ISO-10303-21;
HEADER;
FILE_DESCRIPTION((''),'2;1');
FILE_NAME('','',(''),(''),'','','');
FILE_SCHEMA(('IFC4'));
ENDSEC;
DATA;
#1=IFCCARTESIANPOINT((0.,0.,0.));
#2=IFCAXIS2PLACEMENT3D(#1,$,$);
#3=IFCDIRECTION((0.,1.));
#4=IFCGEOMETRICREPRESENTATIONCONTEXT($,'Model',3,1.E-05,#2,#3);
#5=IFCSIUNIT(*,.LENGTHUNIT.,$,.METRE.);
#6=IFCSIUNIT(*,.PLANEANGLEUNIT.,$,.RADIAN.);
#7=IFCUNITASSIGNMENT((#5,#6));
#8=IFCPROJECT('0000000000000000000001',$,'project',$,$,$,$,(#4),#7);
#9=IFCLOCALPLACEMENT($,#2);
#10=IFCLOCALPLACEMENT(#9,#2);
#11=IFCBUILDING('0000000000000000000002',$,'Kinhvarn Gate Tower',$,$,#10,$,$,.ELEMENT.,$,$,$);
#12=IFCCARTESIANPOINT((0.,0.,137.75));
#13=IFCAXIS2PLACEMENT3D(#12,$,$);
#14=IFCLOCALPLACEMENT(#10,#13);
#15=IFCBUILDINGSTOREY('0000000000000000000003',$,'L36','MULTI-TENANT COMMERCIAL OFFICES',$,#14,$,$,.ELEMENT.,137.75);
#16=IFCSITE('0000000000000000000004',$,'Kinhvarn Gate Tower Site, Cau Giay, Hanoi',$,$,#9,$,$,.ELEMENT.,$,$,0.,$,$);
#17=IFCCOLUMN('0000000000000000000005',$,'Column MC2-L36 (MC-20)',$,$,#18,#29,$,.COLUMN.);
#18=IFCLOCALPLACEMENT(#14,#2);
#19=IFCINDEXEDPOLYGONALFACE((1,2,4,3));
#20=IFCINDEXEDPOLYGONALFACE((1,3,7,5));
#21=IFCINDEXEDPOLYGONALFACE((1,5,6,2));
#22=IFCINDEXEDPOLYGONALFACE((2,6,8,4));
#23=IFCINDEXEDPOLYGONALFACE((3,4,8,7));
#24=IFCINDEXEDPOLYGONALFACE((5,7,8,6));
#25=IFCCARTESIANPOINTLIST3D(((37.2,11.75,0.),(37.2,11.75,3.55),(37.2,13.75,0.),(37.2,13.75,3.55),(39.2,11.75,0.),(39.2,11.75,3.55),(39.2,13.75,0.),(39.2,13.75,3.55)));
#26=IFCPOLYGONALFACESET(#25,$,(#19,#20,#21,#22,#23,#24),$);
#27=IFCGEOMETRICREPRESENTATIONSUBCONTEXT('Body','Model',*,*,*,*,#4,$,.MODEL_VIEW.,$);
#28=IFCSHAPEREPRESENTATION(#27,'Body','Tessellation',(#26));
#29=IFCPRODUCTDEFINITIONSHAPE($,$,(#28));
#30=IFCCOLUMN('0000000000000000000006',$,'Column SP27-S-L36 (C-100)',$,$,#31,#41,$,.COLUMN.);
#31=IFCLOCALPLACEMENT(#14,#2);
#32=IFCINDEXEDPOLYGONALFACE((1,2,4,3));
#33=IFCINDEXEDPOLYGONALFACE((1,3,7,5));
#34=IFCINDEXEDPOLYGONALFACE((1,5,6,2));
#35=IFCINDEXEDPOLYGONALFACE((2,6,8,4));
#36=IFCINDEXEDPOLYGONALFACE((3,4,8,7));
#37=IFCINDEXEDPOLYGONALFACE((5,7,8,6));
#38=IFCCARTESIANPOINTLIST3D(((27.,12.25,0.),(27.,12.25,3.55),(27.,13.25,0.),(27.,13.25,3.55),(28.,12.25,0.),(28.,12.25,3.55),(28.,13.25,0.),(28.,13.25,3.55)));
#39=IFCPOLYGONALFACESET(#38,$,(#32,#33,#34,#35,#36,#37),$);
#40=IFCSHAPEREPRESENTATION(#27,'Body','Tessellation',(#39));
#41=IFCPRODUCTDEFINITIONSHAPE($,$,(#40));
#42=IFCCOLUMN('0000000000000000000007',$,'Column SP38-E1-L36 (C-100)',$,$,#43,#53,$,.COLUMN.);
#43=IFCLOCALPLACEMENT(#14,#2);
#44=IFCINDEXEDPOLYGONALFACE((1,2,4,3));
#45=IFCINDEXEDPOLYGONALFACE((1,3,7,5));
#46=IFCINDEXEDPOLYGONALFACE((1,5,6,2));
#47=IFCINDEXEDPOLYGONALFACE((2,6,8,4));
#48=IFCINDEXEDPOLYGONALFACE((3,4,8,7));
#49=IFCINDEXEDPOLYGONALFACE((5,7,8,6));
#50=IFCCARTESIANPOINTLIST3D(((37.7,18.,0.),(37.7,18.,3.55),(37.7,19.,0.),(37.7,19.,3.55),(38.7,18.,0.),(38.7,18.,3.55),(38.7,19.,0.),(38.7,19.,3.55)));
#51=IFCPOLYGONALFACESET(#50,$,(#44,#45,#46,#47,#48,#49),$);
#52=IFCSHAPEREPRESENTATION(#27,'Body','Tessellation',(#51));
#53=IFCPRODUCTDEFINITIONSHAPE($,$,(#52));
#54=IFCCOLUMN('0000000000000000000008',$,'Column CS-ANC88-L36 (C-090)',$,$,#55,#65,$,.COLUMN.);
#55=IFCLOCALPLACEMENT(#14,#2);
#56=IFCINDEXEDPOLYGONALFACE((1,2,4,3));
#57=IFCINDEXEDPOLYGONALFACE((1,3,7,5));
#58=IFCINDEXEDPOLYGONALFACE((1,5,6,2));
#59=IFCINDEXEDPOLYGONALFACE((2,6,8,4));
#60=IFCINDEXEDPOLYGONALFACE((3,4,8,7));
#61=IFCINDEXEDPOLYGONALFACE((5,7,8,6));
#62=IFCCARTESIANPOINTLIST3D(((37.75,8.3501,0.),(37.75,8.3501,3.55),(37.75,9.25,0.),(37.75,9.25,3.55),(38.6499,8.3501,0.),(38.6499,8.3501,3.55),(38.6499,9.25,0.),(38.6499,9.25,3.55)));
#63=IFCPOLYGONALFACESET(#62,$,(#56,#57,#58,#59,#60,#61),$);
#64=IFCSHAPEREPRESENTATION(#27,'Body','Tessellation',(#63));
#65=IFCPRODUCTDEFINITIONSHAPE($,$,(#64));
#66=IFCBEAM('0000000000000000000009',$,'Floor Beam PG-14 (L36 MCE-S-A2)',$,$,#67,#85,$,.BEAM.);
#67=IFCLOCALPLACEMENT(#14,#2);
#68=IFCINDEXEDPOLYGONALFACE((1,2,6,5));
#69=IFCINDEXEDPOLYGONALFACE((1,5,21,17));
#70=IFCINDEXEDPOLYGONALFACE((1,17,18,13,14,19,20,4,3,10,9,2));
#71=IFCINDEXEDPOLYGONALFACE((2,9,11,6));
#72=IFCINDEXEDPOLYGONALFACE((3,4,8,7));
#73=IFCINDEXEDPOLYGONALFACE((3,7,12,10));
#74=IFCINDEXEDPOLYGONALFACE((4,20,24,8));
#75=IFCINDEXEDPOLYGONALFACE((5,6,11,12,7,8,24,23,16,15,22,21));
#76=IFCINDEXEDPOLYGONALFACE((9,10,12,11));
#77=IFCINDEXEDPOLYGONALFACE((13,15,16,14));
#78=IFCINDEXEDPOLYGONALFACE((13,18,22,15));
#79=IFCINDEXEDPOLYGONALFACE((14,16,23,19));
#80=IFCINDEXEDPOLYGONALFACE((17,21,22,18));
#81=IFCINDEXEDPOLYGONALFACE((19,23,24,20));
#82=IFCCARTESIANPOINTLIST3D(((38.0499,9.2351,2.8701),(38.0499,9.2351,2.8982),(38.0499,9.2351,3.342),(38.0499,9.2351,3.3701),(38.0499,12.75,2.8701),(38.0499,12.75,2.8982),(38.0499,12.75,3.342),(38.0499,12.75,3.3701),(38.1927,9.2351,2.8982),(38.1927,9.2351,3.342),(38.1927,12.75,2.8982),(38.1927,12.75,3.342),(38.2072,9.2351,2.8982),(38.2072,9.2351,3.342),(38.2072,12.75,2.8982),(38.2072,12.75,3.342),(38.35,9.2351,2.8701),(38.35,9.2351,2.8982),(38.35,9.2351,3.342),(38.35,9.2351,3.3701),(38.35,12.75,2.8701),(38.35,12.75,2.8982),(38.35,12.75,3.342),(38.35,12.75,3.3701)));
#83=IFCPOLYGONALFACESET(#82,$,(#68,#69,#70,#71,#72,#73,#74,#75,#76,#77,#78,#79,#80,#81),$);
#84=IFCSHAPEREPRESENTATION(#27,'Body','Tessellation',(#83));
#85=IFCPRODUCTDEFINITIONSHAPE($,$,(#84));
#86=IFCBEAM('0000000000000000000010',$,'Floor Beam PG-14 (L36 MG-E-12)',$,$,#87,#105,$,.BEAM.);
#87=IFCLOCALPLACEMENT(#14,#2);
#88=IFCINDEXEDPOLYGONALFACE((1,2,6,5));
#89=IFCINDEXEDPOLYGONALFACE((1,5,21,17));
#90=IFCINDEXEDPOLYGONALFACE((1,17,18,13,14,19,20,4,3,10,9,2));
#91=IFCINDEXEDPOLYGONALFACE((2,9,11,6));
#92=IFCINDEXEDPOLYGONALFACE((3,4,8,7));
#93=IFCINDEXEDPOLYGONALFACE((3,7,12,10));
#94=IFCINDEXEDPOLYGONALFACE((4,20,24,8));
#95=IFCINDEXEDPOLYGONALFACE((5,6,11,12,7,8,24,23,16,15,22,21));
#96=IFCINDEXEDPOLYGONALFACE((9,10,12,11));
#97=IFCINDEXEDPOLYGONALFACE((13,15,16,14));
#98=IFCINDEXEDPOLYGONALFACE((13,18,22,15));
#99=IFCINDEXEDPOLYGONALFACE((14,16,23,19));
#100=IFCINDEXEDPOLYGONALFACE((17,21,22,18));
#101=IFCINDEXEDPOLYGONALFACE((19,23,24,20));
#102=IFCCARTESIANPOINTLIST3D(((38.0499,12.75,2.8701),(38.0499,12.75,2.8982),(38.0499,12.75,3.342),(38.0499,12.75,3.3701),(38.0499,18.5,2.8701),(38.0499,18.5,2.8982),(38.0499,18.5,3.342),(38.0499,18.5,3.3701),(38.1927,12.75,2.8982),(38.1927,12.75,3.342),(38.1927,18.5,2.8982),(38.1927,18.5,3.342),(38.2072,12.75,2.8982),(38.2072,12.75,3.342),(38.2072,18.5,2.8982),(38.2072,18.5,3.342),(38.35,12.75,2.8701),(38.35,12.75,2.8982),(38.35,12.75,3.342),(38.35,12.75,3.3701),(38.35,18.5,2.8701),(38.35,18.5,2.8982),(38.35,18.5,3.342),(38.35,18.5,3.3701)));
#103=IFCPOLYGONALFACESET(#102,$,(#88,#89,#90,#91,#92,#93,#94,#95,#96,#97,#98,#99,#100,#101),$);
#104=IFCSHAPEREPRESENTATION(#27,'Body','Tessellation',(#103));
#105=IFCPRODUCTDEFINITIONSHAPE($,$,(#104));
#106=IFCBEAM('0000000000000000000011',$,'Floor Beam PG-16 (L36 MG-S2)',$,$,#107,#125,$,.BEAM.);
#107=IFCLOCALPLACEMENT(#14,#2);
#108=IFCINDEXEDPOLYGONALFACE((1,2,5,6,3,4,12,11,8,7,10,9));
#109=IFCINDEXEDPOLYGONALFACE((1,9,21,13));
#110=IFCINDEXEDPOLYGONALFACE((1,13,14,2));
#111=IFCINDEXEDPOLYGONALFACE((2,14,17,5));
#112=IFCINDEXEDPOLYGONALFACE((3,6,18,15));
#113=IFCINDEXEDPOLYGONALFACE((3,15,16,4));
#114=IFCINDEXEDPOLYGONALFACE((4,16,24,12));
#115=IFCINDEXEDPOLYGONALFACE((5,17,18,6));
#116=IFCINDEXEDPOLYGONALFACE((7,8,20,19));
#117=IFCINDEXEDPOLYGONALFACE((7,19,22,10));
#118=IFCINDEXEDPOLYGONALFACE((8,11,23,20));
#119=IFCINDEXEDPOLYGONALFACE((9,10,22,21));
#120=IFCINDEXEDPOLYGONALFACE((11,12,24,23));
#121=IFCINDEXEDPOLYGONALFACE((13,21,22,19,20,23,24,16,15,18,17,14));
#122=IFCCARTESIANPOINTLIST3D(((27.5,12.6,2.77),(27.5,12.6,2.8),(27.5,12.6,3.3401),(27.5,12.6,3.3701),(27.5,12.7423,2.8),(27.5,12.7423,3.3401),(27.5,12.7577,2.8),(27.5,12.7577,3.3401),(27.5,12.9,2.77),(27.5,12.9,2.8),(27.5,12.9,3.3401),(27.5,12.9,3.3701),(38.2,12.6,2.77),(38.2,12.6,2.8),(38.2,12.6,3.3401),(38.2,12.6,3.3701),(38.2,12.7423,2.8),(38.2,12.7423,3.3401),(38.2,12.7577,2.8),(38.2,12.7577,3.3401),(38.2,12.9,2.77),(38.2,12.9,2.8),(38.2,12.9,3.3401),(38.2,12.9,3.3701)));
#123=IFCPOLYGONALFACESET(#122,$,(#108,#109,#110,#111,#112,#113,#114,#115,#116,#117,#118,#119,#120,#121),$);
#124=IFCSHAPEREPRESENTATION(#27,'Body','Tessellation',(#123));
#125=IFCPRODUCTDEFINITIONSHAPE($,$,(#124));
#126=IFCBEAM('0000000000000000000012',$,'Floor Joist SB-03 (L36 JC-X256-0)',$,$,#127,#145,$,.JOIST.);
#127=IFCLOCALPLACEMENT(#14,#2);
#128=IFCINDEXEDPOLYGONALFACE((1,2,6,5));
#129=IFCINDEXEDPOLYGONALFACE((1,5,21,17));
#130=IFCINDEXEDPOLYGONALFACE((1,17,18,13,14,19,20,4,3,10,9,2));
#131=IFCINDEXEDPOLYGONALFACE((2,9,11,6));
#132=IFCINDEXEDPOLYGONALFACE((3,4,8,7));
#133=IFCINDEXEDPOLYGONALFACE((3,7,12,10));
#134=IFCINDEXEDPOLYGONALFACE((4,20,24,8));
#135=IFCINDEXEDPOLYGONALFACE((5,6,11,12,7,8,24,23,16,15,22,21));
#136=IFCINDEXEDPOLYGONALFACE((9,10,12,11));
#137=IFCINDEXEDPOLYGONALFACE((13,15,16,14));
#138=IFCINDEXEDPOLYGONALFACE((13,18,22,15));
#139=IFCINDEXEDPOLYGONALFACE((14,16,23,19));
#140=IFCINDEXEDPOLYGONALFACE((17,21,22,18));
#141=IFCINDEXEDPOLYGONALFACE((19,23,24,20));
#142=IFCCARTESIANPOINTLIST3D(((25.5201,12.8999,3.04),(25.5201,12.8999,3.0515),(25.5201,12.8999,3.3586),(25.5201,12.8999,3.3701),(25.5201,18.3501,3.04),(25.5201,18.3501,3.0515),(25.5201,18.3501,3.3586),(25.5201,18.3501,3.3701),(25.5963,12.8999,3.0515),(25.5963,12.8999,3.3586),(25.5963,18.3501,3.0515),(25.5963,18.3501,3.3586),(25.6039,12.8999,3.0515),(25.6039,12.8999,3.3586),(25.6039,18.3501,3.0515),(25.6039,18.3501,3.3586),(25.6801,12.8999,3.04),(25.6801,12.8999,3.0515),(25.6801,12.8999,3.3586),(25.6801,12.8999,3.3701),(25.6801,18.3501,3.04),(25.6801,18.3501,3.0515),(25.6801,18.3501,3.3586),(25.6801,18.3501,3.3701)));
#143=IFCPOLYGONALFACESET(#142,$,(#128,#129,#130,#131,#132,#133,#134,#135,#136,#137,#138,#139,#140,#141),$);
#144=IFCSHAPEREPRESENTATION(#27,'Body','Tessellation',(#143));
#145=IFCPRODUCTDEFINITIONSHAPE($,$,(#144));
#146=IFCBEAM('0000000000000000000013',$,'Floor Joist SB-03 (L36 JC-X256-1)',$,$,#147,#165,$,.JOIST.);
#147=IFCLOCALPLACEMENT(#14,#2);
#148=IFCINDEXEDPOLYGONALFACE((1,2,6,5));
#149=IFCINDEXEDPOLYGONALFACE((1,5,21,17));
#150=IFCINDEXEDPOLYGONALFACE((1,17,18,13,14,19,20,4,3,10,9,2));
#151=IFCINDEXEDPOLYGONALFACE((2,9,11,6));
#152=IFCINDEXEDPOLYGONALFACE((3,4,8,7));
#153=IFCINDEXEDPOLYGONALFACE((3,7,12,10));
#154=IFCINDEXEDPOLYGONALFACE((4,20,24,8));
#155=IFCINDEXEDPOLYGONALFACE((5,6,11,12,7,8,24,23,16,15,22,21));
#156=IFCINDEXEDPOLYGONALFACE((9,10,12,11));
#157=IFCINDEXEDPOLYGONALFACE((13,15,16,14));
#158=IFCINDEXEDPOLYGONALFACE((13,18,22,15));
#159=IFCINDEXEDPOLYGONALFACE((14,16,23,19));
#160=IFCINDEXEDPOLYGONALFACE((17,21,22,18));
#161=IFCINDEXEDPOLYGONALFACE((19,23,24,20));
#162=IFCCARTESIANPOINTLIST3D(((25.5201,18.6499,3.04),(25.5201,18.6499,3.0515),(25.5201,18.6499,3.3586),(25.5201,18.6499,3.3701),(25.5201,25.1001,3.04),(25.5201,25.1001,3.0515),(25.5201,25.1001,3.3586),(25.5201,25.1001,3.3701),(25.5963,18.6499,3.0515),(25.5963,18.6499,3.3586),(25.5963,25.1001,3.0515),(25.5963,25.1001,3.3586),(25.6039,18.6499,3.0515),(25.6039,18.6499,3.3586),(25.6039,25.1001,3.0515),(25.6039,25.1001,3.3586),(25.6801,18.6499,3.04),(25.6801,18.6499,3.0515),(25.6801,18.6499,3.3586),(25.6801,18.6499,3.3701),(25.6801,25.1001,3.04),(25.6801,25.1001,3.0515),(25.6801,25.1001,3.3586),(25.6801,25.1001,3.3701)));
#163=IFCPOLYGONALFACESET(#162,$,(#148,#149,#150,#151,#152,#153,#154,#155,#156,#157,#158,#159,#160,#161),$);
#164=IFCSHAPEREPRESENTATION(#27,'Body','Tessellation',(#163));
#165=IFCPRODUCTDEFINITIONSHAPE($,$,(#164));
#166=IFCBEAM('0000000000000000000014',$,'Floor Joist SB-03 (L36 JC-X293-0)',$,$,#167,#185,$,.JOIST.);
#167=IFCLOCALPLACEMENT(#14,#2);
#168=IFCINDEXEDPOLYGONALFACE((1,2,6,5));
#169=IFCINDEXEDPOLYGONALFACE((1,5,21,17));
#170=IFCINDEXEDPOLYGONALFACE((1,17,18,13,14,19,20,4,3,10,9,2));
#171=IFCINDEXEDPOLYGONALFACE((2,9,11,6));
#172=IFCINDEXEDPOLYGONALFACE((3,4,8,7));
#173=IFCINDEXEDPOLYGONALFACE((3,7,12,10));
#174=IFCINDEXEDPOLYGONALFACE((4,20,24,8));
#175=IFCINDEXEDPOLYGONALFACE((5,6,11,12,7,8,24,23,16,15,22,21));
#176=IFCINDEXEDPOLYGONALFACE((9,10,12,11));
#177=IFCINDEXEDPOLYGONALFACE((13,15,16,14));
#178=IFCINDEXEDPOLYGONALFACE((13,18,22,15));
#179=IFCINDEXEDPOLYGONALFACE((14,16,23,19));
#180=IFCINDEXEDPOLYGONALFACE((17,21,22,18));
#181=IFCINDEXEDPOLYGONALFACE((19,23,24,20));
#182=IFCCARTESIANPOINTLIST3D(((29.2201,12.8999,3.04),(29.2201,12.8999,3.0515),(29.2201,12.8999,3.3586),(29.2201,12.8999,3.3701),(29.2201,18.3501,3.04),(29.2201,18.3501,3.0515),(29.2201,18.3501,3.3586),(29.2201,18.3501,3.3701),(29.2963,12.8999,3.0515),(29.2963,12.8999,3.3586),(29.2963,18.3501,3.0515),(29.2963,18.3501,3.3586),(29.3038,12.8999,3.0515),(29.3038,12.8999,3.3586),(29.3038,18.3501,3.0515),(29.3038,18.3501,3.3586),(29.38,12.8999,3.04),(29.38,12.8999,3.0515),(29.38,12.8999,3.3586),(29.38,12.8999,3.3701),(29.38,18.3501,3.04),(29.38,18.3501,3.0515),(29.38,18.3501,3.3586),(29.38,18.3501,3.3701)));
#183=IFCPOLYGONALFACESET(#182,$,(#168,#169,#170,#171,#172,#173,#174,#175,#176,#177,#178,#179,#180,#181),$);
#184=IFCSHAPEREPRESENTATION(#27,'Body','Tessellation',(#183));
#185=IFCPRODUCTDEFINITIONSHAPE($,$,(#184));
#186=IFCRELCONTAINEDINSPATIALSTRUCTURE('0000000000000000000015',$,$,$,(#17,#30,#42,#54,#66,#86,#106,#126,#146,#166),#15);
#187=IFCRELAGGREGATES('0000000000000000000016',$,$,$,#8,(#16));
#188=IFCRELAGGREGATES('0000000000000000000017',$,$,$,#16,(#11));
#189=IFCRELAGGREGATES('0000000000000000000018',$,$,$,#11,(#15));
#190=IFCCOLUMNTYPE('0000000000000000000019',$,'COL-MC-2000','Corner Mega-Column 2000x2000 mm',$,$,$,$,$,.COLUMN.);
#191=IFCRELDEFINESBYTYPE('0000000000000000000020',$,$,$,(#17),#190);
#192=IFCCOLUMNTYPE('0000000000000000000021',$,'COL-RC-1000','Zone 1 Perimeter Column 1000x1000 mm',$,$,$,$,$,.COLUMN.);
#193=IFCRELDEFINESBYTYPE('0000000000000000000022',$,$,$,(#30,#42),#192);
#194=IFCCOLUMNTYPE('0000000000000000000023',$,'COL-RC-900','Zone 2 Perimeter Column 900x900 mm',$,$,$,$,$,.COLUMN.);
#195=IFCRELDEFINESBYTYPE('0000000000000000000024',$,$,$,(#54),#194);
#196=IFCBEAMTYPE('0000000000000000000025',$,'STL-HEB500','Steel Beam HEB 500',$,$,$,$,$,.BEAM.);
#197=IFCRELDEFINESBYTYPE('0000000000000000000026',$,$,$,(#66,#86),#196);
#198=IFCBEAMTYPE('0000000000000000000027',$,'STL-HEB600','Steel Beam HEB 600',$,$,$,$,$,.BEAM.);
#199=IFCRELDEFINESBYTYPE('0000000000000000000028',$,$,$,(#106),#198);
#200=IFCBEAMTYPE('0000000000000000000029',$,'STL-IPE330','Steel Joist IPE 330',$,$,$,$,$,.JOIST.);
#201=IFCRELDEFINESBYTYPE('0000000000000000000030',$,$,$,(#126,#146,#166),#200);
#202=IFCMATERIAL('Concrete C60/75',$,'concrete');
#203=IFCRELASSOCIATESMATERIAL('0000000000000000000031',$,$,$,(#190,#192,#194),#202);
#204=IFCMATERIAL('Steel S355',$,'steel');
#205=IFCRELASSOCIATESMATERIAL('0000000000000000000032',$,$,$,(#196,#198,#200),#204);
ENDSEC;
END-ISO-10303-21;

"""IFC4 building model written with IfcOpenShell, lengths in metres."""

from ifc_helpers import new_model, si_unit, direction, frame, origin, origin_2d, place, context, subcontext, project, spatial, rectangle, i_section, extrude, material, material_profile, profile_set, type_object, element, save


model = new_model("IFC4")

# Units and contexts
model_context = context("Model", 3, precision=1e-05, world=origin(), true_north=direction((0.0, 1.0)))
body_context = subcontext(model_context, "Body", "Model", "MODEL_VIEW")
ifc_project = project(units=[si_unit("LENGTHUNIT", "METRE"), si_unit("PLANEANGLEUNIT", "RADIAN")], contexts=[model_context])

# Site, building, storey
site_placement = place(None, origin())
site = spatial("IfcSite", under=ifc_project, at=site_placement, Name="Kinhvarn Gate Tower Site, Cau Giay, Hanoi", CompositionType="ELEMENT", RefElevation=0.0)
building_placement = place(site_placement, origin())
building = spatial("IfcBuilding", under=site, at=building_placement, Name="Kinhvarn Gate Tower", CompositionType="ELEMENT")
storey_placement = place(building_placement, frame((0.0, 0.0, 137.75)))
storey = spatial("IfcBuildingStorey", under=building, at=storey_placement, Name="L36", Description="MULTI-TENANT COMMERCIAL OFFICES", CompositionType="ELEMENT", Elevation=137.75)

# Columns
ifc_material_1 = material(Name="Concrete C60/75", Category="concrete")
ifc_material_profile_1 = material_profile(ifc_material_1, rectangle(XDim=2.0, YDim=2.0, at=origin_2d()), Name="RC 2000x2000")
ifc_profile_set_1 = profile_set([ifc_material_profile_1], Name="Concrete C60/75")
column_type_1 = type_object("IfcColumnType", Name="COL-MC-2000", Description="Corner Mega-Column 2000x2000 mm", PredefinedType="COLUMN", material=ifc_profile_set_1)
column_1_placement = place(storey_placement, frame((38.2, 12.75, 0.0), z_axis=(0.0, 0.0, 1.0), x_axis=(1.0, 0.0, 0.0)))
element("IfcColumn", 1, at=column_1_placement, inside=storey, type_object=column_type_1, Name="Column MC2-L36 (MC-20)", PredefinedType="COLUMN", context=body_context, shape_type="SweptSolid", body=[
    extrude(rectangle(XDim=2.0, YDim=2.0, at=origin_2d()), origin(), (0.0, 0.0, 1.0), 3.55),
])
ifc_material_profile_2 = material_profile(ifc_material_1, rectangle(XDim=1.0, YDim=1.0, at=origin_2d()), Name="RC 1000x1000")
ifc_profile_set_2 = profile_set([ifc_material_profile_2], Name="Concrete C60/75")
column_type_2 = type_object("IfcColumnType", Name="COL-RC-1000", Description="Zone 1 Perimeter Column 1000x1000 mm", PredefinedType="COLUMN", material=ifc_profile_set_2)
for number, where, z_axis, x_axis, name in (
    (2, (27.5, 12.75, 0.0), (0.0, 0.0, 1.0), (1.0, 0.0, 0.0), "Column SP27-S-L36 (C-100)"),
    (3, (38.2, 18.5, 0.0), (0.0, 0.0, 1.0), (1.0, 0.0, 0.0), "Column SP38-E1-L36 (C-100)"),
):
    element("IfcColumn", number, at=place(storey_placement, frame(where, z_axis=z_axis, x_axis=x_axis)), inside=storey, type_object=column_type_2, Name=name, PredefinedType="COLUMN", context=body_context, shape_type="SweptSolid", body=[
        extrude(rectangle(XDim=1.0, YDim=1.0, at=origin_2d()), origin(), (0.0, 0.0, 1.0), 3.55),
    ])
ifc_material_profile_3 = material_profile(ifc_material_1, rectangle(XDim=0.8999, YDim=0.8999, at=origin_2d()), Name="RC 900x900")
ifc_profile_set_3 = profile_set([ifc_material_profile_3], Name="Concrete C60/75")
column_type_3 = type_object("IfcColumnType", Name="COL-RC-900", Description="Zone 2 Perimeter Column 900x900 mm", PredefinedType="COLUMN", material=ifc_profile_set_3)
column_2_placement = place(storey_placement, frame((38.2, 8.8, 0.0), z_axis=(0.0, 0.0, 1.0), x_axis=(1.0, 0.0, 0.0)))
element("IfcColumn", 4, at=column_2_placement, inside=storey, type_object=column_type_3, Name="Column CS-ANC88-L36 (C-090)", PredefinedType="COLUMN", context=body_context, shape_type="SweptSolid", body=[
    extrude(rectangle(XDim=0.8999, YDim=0.8999, at=origin_2d()), origin(), (0.0, 0.0, 1.0), 3.55),
])

# Beams
ifc_material_2 = material(Name="Steel S355", Category="steel")
ifc_material_profile_4 = material_profile(ifc_material_2, i_section(OverallWidth=0.3, OverallDepth=0.5, WebThickness=0.0144, FlangeThickness=0.0281, at=origin_2d()), Name="HEB 500")
ifc_profile_set_4 = profile_set([ifc_material_profile_4], Name="Steel S355")
beam_type_1 = type_object("IfcBeamType", Name="STL-HEB500", Description="Steel Beam HEB 500", PredefinedType="BEAM", material=ifc_profile_set_4)
beam_1_placement = place(storey_placement, frame((38.2, 9.2351, 3.1201), z_axis=(0.0, 1.0, 0.0), x_axis=(-1.0, 0.0, 0.0)))
element("IfcBeam", 5, at=beam_1_placement, inside=storey, type_object=beam_type_1, Name="Floor Beam PG-14 (L36 MCE-S-A2)", PredefinedType="BEAM", context=body_context, shape_type="SweptSolid", body=[
    extrude(i_section(OverallWidth=0.3, OverallDepth=0.5, WebThickness=0.0144, FlangeThickness=0.0281, at=origin_2d()), origin(), (0.0, 0.0, 1.0), 3.5149),
])
beam_2_placement = place(storey_placement, frame((38.2, 12.75, 3.1201), z_axis=(0.0, 1.0, 0.0), x_axis=(-1.0, 0.0, 0.0)))
element("IfcBeam", 6, at=beam_2_placement, inside=storey, type_object=beam_type_1, Name="Floor Beam PG-14 (L36 MG-E-12)", PredefinedType="BEAM", context=body_context, shape_type="SweptSolid", body=[
    extrude(i_section(OverallWidth=0.3, OverallDepth=0.5, WebThickness=0.0144, FlangeThickness=0.0281, at=origin_2d()), origin(), (0.0, 0.0, 1.0), 5.75),
])
ifc_material_profile_5 = material_profile(ifc_material_2, i_section(OverallWidth=0.3, OverallDepth=0.6001, WebThickness=0.0154, FlangeThickness=0.03, at=origin_2d()), Name="HEB 600")
ifc_profile_set_5 = profile_set([ifc_material_profile_5], Name="Steel S355")
beam_type_2 = type_object("IfcBeamType", Name="STL-HEB600", Description="Steel Beam HEB 600", PredefinedType="BEAM", material=ifc_profile_set_5)
beam_3_placement = place(storey_placement, frame((27.5, 12.75, 3.0701), z_axis=(1.0, 0.0, 0.0), x_axis=(0.0, 1.0, 0.0)))
element("IfcBeam", 7, at=beam_3_placement, inside=storey, type_object=beam_type_2, Name="Floor Beam PG-16 (L36 MG-S2)", PredefinedType="BEAM", context=body_context, shape_type="SweptSolid", body=[
    extrude(i_section(OverallWidth=0.3, OverallDepth=0.6001, WebThickness=0.0154, FlangeThickness=0.03, at=origin_2d()), origin(), (0.0, 0.0, 1.0), 10.7),
])
ifc_material_profile_6 = material_profile(ifc_material_2, i_section(OverallWidth=0.1599, OverallDepth=0.3301, WebThickness=0.0076, FlangeThickness=0.0115, at=origin_2d()), Name="IPE 330")
ifc_profile_set_6 = profile_set([ifc_material_profile_6], Name="Steel S355")
beam_type_3 = type_object("IfcBeamType", Name="STL-IPE330", Description="Steel Joist IPE 330", PredefinedType="JOIST", material=ifc_profile_set_6)
beam_4_placement = place(storey_placement, frame((25.6001, 12.8999, 3.2051), z_axis=(0.0, 1.0, 0.0), x_axis=(-1.0, 0.0, 0.0)))
element("IfcBeam", 8, at=beam_4_placement, inside=storey, type_object=beam_type_3, Name="Floor Joist SB-03 (L36 JC-X256-0)", PredefinedType="JOIST", context=body_context, shape_type="SweptSolid", body=[
    extrude(i_section(OverallWidth=0.1599, OverallDepth=0.3301, WebThickness=0.0076, FlangeThickness=0.0115, at=origin_2d()), origin(), (0.0, 0.0, 1.0), 5.4502),
])
beam_5_placement = place(storey_placement, frame((25.6001, 18.6499, 3.2051), z_axis=(0.0, 1.0, 0.0), x_axis=(-1.0, 0.0, 0.0)))
element("IfcBeam", 9, at=beam_5_placement, inside=storey, type_object=beam_type_3, Name="Floor Joist SB-03 (L36 JC-X256-1)", PredefinedType="JOIST", context=body_context, shape_type="SweptSolid", body=[
    extrude(i_section(OverallWidth=0.1599, OverallDepth=0.3301, WebThickness=0.0076, FlangeThickness=0.0115, at=origin_2d()), origin(), (0.0, 0.0, 1.0), 6.4502),
])
beam_6_placement = place(storey_placement, frame((29.3, 12.8999, 3.2051), z_axis=(0.0, 1.0, 0.0), x_axis=(-1.0, 0.0, 0.0)))
element("IfcBeam", 10, at=beam_6_placement, inside=storey, type_object=beam_type_3, Name="Floor Joist SB-03 (L36 JC-X293-0)", PredefinedType="JOIST", context=body_context, shape_type="SweptSolid", body=[
    extrude(i_section(OverallWidth=0.1599, OverallDepth=0.3301, WebThickness=0.0076, FlangeThickness=0.0115, at=origin_2d()), origin(), (0.0, 0.0, 1.0), 5.4502),
])

save(model, "model.ifc")
